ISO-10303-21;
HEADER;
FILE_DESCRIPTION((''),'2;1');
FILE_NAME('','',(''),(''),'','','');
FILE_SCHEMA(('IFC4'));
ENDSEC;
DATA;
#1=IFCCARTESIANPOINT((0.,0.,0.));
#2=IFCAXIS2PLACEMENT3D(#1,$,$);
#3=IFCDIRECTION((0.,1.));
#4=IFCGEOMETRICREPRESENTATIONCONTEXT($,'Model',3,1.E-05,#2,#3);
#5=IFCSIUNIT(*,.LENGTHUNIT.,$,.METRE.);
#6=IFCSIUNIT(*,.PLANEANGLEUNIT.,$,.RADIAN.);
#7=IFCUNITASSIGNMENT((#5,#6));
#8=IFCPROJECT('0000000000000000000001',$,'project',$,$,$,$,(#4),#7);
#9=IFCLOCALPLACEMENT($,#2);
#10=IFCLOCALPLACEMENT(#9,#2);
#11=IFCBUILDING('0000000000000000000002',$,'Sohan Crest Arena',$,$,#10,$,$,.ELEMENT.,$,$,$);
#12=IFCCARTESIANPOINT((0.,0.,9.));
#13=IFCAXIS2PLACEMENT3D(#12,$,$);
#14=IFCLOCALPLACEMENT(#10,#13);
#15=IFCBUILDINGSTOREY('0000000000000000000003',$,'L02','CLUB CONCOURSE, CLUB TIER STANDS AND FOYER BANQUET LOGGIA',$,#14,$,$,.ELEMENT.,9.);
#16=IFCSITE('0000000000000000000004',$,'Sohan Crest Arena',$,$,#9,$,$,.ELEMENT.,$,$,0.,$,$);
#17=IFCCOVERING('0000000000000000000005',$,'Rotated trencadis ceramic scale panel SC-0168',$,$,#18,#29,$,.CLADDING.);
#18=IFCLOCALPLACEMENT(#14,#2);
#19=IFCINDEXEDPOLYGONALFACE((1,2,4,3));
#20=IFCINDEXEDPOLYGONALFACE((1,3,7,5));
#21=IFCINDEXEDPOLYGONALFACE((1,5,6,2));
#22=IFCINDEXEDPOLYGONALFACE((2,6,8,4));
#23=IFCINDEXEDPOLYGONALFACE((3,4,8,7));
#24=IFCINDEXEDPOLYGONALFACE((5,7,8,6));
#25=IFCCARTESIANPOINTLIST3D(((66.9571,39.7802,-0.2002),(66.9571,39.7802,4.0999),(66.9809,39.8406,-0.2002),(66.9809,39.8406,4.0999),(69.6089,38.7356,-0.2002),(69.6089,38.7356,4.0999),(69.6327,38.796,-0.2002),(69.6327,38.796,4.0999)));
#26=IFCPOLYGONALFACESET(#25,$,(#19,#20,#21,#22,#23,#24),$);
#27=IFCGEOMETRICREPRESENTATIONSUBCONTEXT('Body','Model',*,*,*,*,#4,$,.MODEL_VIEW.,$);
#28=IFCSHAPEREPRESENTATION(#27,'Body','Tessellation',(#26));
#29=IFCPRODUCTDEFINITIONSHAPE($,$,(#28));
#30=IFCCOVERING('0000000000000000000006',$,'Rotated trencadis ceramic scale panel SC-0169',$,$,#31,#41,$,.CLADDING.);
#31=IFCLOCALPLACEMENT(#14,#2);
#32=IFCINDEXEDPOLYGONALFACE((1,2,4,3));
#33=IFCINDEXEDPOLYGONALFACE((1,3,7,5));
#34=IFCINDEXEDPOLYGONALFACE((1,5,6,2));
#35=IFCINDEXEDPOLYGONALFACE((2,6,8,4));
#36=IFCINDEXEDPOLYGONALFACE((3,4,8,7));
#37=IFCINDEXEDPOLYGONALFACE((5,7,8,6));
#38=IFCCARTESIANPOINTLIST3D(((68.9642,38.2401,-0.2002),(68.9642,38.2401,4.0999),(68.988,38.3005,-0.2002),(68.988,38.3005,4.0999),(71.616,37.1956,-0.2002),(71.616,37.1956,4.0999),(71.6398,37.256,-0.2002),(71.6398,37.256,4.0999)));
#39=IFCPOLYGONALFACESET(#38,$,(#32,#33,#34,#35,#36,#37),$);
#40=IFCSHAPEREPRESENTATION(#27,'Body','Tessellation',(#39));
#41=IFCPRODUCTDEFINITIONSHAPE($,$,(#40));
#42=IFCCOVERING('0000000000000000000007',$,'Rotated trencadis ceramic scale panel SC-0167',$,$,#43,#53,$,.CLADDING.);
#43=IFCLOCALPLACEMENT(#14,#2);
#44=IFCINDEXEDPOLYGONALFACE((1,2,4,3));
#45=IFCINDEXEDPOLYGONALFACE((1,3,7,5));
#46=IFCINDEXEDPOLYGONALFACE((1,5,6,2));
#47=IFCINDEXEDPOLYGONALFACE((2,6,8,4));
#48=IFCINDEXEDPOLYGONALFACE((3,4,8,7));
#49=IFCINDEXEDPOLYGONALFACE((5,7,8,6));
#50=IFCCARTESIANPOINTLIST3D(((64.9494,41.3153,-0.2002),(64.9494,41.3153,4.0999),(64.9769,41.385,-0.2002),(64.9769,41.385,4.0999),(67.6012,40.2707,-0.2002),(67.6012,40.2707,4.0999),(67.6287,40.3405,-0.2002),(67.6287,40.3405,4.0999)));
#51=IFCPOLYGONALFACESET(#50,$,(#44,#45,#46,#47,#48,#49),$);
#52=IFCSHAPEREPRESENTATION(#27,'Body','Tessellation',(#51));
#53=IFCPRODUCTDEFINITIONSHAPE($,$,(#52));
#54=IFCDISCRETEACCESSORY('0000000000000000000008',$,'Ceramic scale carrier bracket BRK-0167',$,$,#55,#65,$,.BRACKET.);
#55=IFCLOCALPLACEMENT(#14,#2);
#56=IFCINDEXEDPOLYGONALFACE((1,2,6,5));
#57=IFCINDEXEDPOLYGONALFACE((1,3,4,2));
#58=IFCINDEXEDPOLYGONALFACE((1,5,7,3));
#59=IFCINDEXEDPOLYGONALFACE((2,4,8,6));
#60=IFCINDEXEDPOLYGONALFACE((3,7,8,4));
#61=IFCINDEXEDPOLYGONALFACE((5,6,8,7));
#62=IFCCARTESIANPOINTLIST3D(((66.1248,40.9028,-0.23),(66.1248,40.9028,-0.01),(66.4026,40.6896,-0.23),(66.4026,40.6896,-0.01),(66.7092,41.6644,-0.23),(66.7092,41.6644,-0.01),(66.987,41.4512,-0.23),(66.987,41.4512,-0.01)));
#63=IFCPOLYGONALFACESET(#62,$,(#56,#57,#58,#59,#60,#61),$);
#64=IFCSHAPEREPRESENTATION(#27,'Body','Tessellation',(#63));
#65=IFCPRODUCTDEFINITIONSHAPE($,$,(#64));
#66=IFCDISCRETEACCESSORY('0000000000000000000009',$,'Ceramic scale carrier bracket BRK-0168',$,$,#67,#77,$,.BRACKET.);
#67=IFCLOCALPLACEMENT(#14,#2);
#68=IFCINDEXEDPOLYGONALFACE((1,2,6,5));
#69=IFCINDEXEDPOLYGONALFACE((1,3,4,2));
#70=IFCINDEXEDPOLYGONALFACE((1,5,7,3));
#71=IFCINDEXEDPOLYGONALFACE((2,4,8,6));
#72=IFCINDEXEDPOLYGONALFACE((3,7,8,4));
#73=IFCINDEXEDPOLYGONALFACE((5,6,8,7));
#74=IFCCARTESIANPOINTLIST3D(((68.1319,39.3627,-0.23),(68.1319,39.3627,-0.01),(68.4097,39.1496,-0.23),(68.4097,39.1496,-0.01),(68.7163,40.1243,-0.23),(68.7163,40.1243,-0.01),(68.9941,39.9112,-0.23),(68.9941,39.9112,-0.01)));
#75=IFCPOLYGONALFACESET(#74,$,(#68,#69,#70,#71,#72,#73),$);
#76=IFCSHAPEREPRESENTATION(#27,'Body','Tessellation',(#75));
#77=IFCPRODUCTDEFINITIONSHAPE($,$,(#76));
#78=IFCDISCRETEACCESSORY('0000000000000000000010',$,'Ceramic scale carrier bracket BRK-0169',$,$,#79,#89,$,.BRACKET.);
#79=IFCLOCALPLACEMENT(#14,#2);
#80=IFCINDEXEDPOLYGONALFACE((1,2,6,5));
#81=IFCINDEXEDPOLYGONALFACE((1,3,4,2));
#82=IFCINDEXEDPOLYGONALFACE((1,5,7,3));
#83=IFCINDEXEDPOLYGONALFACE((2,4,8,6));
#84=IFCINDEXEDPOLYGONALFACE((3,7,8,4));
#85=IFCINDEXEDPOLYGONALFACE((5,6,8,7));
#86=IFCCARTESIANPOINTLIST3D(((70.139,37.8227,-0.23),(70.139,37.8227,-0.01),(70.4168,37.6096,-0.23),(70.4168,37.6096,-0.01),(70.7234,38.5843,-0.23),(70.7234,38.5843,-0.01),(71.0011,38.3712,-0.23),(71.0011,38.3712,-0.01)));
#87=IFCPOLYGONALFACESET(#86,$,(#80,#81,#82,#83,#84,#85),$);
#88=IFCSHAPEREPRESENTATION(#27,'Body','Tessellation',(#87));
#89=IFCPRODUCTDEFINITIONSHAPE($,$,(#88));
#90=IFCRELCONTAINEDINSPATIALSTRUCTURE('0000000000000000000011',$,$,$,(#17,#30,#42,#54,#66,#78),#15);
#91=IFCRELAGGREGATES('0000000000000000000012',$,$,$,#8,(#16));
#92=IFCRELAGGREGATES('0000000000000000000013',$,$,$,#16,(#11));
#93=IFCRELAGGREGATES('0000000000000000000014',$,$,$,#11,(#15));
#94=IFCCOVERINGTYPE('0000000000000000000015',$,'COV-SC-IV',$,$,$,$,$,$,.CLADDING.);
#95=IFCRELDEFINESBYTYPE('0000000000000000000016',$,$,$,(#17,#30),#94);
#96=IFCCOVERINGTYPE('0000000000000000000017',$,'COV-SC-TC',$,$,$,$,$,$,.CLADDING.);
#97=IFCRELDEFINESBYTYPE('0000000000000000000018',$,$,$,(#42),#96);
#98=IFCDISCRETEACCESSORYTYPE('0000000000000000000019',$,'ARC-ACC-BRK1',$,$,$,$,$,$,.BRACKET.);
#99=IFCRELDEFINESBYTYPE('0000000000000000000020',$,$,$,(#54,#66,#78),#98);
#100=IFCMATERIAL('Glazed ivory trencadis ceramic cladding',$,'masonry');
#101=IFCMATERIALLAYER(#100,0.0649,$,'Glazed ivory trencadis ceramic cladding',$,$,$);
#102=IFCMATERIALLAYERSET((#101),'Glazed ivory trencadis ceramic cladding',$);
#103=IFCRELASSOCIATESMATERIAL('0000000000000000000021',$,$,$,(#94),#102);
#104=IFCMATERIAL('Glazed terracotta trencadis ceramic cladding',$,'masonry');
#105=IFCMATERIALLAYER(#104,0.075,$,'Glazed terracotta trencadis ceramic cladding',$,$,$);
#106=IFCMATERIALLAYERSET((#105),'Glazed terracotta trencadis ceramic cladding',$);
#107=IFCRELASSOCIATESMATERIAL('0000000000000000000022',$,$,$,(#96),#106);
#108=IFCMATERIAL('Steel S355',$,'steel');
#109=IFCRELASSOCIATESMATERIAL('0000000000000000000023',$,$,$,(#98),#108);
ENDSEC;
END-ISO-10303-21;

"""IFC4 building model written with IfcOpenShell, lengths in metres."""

from ifc_helpers import new_model, si_unit, direction, frame, origin, origin_2d, place, context, subcontext, project, spatial, rectangle, extrude, material, layer, layer_set, type_object, element, save


model = new_model("IFC4")

# Units and contexts
model_context = context("Model", 3, precision=1e-05, world=origin(), true_north=direction((0.0, 1.0)))
body_context = subcontext(model_context, "Body", "Model", "MODEL_VIEW")
ifc_project = project(units=[si_unit("LENGTHUNIT", "METRE"), si_unit("PLANEANGLEUNIT", "RADIAN")], contexts=[model_context])

# Site, building, storey
site_placement = place(None, origin())
site = spatial("IfcSite", under=ifc_project, at=site_placement, Name="Sohan Crest Arena", CompositionType="ELEMENT", RefElevation=0.0)
building_placement = place(site_placement, origin())
building = spatial("IfcBuilding", under=site, at=building_placement, Name="Sohan Crest Arena", CompositionType="ELEMENT")
storey_placement = place(building_placement, frame((0.0, 0.0, 9.0)))
storey = spatial("IfcBuildingStorey", under=building, at=storey_placement, Name="L02", Description="CLUB CONCOURSE, CLUB TIER STANDS AND FOYER BANQUET LOGGIA", CompositionType="ELEMENT", Elevation=9.0)

# Coverings
ifc_material_1 = material(Name="Glazed ivory trencadis ceramic cladding", Category="masonry")
ifc_layer_1 = layer(ifc_material_1, 0.0649, Name="Glazed ivory trencadis ceramic cladding")
ifc_layer_set_1 = layer_set([ifc_layer_1], Name="Glazed ivory trencadis ceramic cladding")
covering_type_1 = type_object("IfcCoveringType", Name="COV-SC-IV", PredefinedType="CLADDING", material=ifc_layer_set_1)
for number, where, z_axis, x_axis, name in (
    (1, (68.2949, 39.2881, -0.2002), (0.0, 0.0, 1.0), (0.930418, -0.366501, 0.0), "Rotated trencadis ceramic scale panel SC-0168"),
    (2, (70.302, 37.748, -0.2002), (0.0, 0.0, 1.0), (0.930418, -0.366501, 0.0), "Rotated trencadis ceramic scale panel SC-0169"),
):
    element("IfcCovering", number, at=place(storey_placement, frame(where, z_axis=z_axis, x_axis=x_axis)), inside=storey, type_object=covering_type_1, Name=name, PredefinedType="CLADDING", context=body_context, shape_type="SweptSolid", body=[
        extrude(rectangle(XDim=2.8501, YDim=0.0649, at=origin_2d()), origin(), (0.0, 0.0, 1.0), 4.3),
    ])
ifc_material_2 = material(Name="Glazed terracotta trencadis ceramic cladding", Category="masonry")
ifc_layer_2 = layer(ifc_material_2, 0.075, Name="Glazed terracotta trencadis ceramic cladding")
ifc_layer_set_2 = layer_set([ifc_layer_2], Name="Glazed terracotta trencadis ceramic cladding")
covering_type_2 = type_object("IfcCoveringType", Name="COV-SC-TC", PredefinedType="CLADDING", material=ifc_layer_set_2)
covering_placement = place(storey_placement, frame((66.2891, 40.8279, -0.2002), z_axis=(0.0, 0.0, 1.0), x_axis=(0.930418, -0.366501, 0.0)))
element("IfcCovering", 3, at=covering_placement, inside=storey, type_object=covering_type_2, Name="Rotated trencadis ceramic scale panel SC-0167", PredefinedType="CLADDING", context=body_context, shape_type="SweptSolid", body=[
    extrude(rectangle(XDim=2.8501, YDim=0.075, at=origin_2d()), origin(), (0.0, 0.0, 1.0), 4.3),
])

# Discrete accessories
ifc_material_3 = material(Name="Steel S355", Category="steel")
discrete_accessory_type = type_object("IfcDiscreteAccessoryType", Name="ARC-ACC-BRK1", PredefinedType="BRACKET", material=ifc_material_3)
for number, where, z_axis, x_axis, name in (
    (4, (66.5559, 41.177, -0.23), (0.0, 0.0, 1.0), (0.793353, -0.608761, 0.0), "Ceramic scale carrier bracket BRK-0167"),
    (5, (68.563, 39.637, -0.23), (0.0, 0.0, 1.0), (0.793353, -0.608761, 0.0), "Ceramic scale carrier bracket BRK-0168"),
    (6, (70.5701, 38.0969, -0.23), (0.0, 0.0, 1.0), (0.793353, -0.608761, 0.0), "Ceramic scale carrier bracket BRK-0169"),
):
    element("IfcDiscreteAccessory", number, at=place(storey_placement, frame(where, z_axis=z_axis, x_axis=x_axis)), inside=storey, type_object=discrete_accessory_type, Name=name, PredefinedType="BRACKET", context=body_context, shape_type="SweptSolid", body=[
        extrude(rectangle(XDim=0.3501, YDim=0.96, at=origin_2d()), origin(), (0.0, 0.0, 1.0), 0.22),
    ])

save(model, "model.ifc")
